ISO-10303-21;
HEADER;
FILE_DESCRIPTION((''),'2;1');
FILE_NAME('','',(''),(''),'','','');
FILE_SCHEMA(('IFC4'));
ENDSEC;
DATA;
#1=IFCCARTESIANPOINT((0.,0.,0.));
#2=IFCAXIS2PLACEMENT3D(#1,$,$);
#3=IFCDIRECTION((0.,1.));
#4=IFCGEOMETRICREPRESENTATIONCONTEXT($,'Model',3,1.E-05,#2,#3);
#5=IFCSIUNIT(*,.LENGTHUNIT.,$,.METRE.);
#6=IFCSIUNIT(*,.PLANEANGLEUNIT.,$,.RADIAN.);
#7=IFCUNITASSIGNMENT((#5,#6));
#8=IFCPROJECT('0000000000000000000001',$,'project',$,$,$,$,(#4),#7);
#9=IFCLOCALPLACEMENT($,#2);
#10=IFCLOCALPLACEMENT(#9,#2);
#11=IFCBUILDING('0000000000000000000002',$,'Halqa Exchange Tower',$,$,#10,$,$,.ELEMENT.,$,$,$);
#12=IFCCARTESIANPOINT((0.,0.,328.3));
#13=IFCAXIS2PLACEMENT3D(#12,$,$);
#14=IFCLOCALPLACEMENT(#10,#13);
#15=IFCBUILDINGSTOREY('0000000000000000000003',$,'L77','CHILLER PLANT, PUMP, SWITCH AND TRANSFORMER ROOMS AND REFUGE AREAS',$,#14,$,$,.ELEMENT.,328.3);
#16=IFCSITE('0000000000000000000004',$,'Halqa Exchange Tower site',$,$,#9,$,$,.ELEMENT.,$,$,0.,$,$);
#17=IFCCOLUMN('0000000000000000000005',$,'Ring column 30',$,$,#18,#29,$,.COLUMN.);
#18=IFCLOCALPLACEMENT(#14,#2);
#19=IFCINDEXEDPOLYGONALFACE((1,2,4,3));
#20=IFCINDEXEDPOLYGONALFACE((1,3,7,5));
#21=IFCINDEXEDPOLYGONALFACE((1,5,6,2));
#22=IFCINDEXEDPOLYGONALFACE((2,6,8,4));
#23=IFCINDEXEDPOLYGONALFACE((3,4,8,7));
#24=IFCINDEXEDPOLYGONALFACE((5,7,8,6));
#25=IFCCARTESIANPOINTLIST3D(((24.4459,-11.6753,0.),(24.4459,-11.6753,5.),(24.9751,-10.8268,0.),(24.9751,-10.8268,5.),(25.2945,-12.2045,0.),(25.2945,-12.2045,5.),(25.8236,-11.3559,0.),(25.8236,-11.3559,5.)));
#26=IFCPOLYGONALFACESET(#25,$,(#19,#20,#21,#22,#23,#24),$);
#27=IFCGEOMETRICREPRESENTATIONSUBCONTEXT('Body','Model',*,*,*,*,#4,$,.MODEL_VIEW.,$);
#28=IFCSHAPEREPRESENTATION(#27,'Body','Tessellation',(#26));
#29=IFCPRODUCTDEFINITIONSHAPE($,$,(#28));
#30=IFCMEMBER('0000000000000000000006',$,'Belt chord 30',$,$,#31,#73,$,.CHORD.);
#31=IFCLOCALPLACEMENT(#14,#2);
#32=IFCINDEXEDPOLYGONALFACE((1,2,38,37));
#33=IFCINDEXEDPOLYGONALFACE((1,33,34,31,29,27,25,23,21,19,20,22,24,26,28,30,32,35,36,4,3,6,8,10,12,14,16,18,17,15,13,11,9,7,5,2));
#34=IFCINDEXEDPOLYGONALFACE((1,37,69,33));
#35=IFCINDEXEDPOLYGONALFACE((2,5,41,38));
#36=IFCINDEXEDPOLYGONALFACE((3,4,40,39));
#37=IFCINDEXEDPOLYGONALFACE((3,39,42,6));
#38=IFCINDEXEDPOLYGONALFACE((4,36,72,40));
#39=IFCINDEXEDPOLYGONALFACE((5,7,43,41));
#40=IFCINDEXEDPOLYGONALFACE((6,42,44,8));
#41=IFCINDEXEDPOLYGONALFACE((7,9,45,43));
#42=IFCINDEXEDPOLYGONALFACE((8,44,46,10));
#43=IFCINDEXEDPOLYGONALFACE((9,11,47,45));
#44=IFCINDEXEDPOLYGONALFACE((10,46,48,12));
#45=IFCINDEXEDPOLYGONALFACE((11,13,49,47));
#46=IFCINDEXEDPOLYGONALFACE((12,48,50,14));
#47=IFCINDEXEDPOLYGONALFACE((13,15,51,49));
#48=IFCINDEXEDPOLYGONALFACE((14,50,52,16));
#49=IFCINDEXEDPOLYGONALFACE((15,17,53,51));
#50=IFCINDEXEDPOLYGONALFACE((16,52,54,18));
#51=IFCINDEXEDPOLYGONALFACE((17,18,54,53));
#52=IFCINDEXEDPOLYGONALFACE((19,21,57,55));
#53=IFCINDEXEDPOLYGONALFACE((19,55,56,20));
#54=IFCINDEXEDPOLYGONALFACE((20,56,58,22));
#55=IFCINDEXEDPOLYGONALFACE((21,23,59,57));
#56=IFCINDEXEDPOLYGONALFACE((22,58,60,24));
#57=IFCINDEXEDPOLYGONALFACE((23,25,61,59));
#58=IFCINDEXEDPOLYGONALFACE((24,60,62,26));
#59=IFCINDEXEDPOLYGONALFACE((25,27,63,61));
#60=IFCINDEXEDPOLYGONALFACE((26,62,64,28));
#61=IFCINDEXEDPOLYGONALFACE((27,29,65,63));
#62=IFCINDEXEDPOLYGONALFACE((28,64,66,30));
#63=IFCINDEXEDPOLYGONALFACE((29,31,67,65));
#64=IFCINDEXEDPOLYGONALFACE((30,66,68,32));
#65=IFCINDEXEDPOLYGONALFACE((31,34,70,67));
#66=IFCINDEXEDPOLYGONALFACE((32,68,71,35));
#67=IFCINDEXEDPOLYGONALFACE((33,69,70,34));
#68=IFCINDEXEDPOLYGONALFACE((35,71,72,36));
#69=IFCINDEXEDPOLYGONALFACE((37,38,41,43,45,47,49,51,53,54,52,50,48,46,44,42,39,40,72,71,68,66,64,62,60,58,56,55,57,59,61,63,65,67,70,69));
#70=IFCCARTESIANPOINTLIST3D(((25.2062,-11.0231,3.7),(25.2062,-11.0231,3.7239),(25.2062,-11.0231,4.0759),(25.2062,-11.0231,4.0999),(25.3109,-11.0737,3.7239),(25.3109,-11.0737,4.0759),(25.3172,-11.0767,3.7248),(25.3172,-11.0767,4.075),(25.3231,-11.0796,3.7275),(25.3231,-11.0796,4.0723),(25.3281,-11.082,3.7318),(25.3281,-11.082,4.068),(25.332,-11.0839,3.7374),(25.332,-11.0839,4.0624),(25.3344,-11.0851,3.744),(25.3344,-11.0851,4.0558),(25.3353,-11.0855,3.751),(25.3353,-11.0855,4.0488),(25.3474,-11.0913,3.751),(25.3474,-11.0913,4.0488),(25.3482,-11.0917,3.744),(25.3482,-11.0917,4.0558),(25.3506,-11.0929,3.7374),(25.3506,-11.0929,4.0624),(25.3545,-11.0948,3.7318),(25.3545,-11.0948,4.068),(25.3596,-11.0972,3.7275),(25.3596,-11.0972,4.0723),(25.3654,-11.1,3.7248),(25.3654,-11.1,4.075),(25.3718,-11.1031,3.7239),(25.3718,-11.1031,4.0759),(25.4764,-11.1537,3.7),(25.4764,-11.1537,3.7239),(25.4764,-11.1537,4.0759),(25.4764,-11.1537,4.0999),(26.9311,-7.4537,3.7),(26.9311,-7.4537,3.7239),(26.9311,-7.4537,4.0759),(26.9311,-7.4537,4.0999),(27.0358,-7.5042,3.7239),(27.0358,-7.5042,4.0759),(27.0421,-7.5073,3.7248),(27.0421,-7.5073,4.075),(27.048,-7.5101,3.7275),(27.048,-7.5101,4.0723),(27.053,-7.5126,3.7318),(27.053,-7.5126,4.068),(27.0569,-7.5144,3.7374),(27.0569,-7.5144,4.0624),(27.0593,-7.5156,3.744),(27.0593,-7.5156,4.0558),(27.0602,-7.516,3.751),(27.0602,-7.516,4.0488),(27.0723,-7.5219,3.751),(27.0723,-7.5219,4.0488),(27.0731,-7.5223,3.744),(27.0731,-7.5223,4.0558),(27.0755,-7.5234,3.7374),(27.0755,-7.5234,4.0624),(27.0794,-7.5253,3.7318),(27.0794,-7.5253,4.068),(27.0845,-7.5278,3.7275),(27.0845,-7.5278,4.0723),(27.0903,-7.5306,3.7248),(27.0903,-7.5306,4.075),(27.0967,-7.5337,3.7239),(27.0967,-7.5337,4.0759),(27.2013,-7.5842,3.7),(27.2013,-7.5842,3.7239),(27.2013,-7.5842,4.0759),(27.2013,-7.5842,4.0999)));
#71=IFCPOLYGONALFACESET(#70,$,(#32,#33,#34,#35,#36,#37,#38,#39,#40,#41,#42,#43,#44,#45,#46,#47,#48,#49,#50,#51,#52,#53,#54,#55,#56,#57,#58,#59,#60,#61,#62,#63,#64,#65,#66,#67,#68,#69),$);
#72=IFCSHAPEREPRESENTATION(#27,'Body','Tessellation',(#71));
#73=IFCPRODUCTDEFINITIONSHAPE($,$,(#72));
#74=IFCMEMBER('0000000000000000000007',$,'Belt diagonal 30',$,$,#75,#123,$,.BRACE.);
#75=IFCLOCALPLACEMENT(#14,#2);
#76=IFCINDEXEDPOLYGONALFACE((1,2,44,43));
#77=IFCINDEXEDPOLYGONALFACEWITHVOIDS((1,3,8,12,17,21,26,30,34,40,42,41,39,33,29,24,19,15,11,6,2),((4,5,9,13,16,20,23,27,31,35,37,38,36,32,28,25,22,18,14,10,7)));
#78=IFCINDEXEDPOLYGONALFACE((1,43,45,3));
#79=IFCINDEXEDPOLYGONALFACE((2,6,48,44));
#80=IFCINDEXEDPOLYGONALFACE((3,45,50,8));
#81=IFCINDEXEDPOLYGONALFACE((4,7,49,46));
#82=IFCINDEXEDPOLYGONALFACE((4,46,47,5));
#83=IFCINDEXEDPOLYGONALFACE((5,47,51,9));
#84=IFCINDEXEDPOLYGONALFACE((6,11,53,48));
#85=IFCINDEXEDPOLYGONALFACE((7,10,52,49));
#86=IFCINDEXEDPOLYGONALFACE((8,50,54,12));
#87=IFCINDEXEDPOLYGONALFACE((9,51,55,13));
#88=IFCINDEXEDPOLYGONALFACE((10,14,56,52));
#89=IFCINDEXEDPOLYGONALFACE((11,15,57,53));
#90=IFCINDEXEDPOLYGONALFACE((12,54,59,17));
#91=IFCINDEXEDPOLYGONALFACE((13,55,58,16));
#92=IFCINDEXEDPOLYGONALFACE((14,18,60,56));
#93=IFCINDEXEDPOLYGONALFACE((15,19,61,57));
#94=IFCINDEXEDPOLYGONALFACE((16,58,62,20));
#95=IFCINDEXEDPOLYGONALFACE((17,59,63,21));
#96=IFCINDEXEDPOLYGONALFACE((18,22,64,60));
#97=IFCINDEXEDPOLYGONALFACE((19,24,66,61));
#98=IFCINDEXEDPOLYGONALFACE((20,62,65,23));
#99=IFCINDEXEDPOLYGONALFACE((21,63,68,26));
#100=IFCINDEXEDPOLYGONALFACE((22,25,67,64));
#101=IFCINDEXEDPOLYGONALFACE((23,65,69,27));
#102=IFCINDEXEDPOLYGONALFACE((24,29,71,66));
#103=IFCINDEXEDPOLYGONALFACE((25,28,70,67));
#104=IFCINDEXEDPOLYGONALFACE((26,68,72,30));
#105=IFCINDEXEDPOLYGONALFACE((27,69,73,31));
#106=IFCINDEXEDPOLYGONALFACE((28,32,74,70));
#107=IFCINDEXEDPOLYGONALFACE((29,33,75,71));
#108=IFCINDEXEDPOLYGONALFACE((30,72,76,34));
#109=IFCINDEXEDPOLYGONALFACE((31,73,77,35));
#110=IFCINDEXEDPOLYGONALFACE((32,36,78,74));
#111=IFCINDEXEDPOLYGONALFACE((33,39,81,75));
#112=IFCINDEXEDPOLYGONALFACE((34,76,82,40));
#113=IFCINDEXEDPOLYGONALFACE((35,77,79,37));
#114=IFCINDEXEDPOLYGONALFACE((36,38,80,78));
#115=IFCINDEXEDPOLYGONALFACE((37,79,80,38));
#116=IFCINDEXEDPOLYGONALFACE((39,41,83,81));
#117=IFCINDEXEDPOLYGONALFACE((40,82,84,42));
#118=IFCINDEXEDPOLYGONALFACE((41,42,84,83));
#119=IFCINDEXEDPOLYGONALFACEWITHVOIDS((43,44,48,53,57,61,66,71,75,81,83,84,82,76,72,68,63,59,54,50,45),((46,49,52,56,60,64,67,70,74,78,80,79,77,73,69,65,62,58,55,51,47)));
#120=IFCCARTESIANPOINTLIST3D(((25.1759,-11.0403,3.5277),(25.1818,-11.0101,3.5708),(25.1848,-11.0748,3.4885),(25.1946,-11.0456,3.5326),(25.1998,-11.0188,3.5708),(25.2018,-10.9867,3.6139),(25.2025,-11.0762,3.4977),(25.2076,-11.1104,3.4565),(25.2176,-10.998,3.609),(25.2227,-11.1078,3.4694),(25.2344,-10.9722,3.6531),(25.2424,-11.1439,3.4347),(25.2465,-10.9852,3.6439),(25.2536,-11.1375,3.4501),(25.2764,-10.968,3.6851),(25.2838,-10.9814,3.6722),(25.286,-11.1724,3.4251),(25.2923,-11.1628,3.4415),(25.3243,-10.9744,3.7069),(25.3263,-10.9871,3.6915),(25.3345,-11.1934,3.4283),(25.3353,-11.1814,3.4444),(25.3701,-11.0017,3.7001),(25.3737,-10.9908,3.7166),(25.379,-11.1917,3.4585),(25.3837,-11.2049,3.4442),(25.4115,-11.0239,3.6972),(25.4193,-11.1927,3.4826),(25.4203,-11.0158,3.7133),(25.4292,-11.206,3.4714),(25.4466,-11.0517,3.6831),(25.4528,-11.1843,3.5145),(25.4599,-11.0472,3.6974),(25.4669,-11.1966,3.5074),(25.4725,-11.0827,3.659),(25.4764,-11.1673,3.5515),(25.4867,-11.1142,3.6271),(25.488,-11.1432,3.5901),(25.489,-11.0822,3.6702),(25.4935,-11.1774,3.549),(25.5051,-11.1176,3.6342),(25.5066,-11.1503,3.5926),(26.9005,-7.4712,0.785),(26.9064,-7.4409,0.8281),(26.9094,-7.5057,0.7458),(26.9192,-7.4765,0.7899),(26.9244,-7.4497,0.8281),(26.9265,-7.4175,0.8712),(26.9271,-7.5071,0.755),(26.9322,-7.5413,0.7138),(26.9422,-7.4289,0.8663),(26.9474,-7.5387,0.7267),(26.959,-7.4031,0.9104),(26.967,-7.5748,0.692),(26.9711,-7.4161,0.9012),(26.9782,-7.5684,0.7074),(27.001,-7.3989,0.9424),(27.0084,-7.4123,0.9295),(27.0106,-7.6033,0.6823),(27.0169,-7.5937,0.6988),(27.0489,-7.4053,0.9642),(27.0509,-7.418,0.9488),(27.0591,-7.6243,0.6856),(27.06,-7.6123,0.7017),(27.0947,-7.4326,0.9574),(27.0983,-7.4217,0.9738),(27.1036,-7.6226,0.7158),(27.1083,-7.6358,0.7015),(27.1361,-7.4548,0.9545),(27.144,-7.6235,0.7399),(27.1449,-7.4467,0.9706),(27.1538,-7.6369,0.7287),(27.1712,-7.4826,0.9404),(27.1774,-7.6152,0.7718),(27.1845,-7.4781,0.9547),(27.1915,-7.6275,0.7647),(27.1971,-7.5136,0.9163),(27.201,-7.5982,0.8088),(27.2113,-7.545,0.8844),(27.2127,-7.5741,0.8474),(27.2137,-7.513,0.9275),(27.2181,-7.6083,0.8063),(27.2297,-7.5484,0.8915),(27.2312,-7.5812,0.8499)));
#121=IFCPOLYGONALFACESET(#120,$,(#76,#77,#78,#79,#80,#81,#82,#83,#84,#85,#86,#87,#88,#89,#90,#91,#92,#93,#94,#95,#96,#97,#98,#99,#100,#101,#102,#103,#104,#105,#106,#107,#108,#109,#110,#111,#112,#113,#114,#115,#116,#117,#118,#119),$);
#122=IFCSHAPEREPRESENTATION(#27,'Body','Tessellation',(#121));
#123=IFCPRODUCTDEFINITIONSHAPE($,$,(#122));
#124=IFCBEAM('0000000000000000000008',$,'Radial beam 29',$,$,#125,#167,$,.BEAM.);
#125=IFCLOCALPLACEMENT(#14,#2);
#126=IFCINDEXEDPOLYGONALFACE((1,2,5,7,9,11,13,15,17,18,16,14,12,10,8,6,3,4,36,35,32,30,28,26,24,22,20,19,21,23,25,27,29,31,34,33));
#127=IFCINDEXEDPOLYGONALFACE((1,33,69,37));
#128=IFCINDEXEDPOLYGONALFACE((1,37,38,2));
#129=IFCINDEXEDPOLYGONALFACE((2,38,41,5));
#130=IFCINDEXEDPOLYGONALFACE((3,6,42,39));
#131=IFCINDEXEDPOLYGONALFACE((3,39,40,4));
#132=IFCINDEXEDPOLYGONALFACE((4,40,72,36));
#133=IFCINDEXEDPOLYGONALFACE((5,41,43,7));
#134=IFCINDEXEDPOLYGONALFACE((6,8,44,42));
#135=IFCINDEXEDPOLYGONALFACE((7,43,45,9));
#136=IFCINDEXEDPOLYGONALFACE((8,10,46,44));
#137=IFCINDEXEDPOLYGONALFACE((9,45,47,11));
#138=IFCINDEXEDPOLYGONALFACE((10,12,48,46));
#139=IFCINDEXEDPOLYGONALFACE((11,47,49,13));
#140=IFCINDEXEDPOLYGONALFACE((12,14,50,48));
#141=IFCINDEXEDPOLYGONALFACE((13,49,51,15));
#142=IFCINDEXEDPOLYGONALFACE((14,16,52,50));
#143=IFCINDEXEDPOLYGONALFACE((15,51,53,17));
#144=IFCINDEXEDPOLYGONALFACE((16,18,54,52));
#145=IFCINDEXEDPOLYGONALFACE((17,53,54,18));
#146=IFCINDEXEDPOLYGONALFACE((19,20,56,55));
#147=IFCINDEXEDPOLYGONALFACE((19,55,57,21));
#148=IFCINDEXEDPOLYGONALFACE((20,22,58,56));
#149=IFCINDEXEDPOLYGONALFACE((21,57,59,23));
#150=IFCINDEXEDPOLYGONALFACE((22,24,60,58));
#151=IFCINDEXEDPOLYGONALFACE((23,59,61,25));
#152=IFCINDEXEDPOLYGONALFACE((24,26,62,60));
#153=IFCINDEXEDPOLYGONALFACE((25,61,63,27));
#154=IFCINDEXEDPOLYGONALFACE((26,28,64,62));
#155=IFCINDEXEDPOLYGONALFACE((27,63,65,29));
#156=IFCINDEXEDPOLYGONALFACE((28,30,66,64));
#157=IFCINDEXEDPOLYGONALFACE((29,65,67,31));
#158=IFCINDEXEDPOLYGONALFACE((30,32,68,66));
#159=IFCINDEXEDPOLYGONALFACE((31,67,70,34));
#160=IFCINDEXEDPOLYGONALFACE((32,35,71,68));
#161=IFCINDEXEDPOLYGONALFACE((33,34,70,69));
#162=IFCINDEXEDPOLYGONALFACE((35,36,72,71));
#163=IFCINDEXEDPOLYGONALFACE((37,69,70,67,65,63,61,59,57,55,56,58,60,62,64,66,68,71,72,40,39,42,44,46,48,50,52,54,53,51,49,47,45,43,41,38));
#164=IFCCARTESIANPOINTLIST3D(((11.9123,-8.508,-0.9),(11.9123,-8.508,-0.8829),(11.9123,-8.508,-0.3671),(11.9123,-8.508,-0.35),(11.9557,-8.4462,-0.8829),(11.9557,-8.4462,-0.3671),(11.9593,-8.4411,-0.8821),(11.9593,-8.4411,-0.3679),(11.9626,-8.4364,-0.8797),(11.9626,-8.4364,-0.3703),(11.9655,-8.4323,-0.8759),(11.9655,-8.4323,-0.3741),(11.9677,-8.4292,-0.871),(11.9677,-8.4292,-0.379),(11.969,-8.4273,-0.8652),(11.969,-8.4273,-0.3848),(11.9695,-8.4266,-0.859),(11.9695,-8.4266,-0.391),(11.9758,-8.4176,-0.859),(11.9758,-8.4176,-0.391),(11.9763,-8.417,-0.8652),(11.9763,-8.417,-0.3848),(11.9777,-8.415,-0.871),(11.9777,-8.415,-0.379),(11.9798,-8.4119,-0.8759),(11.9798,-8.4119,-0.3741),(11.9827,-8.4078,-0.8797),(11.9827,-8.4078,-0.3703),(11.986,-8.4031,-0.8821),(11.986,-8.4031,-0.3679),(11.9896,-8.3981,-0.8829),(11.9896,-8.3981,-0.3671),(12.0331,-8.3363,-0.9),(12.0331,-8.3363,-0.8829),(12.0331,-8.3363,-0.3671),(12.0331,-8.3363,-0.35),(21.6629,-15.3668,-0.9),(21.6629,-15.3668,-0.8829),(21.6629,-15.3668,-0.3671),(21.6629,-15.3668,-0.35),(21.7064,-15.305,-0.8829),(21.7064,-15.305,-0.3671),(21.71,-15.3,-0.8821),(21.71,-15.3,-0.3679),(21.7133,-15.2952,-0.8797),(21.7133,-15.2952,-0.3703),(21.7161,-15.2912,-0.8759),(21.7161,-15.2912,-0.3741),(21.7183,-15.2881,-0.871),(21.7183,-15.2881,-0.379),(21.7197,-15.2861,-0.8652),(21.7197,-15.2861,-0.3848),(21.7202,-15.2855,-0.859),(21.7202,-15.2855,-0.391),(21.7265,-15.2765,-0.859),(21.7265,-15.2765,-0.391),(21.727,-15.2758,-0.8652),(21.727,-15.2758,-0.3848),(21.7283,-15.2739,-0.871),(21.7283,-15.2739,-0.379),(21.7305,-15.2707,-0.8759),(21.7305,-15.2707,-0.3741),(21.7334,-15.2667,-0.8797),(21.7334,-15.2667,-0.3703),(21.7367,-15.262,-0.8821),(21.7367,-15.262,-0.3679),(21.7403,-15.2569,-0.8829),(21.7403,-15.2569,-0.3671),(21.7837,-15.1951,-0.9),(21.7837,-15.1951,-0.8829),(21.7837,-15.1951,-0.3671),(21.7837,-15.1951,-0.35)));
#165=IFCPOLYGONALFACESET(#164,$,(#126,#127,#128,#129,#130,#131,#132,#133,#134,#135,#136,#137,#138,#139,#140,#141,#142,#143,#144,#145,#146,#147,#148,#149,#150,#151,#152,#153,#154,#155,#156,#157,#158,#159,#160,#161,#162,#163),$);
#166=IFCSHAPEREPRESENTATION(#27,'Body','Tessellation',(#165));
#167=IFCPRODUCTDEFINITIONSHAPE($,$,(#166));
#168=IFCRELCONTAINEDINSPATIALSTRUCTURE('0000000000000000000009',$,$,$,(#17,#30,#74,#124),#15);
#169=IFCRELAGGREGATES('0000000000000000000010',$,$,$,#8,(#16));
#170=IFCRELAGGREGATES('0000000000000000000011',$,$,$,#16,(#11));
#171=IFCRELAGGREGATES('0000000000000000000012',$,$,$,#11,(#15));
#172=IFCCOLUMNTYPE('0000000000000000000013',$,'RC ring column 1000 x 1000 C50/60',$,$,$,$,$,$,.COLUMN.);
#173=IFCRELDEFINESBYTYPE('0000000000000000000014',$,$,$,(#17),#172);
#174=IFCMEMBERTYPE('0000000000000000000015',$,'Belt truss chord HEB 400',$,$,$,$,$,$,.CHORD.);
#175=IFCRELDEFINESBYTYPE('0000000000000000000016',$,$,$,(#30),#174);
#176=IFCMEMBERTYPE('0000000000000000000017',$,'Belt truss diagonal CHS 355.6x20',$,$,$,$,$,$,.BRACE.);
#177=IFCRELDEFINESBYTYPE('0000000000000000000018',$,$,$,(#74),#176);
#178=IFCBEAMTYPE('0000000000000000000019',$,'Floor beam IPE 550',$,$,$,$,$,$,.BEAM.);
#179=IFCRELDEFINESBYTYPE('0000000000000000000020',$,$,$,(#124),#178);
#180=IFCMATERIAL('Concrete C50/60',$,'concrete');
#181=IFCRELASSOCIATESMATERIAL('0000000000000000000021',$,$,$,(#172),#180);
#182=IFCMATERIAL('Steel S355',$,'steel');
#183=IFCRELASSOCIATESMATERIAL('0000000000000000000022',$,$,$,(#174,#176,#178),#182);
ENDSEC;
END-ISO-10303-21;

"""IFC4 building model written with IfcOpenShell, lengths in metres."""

from ifc_helpers import new_model, si_unit, direction, frame, origin, origin_2d, place, context, subcontext, project, spatial, rectangle, hollow_circle, i_section, extrude, material, material_profile, profile_set, type_object, element, save


model = new_model("IFC4")

# Units and contexts
model_context = context("Model", 3, precision=1e-05, world=origin(), true_north=direction((0.0, 1.0)))
body_context = subcontext(model_context, "Body", "Model", "MODEL_VIEW")
ifc_project = project(units=[si_unit("LENGTHUNIT", "METRE"), si_unit("PLANEANGLEUNIT", "RADIAN")], contexts=[model_context])

# Site, building, storey
site_placement = place(None, origin())
site = spatial("IfcSite", under=ifc_project, at=site_placement, Name="Halqa Exchange Tower site", CompositionType="ELEMENT", RefElevation=0.0)
building_placement = place(site_placement, origin())
building = spatial("IfcBuilding", under=site, at=building_placement, Name="Halqa Exchange Tower", CompositionType="ELEMENT")
storey_placement = place(building_placement, frame((0.0, 0.0, 328.3)))
storey = spatial("IfcBuildingStorey", under=building, at=storey_placement, Name="L77", Description="CHILLER PLANT, PUMP, SWITCH AND TRANSFORMER ROOMS AND REFUGE AREAS", CompositionType="ELEMENT", Elevation=328.3)

# Column
ifc_material_1 = material(Name="Concrete C50/60", Category="concrete")
ifc_material_profile_1 = material_profile(ifc_material_1, rectangle(XDim=1.0, YDim=1.0, at=origin_2d()), Name="1000 x 1000")
ifc_profile_set_1 = profile_set([ifc_material_profile_1], Name="Concrete C50/60")
column_type = type_object("IfcColumnType", Name="RC ring column 1000 x 1000 C50/60", PredefinedType="COLUMN", material=ifc_profile_set_1)
column_placement = place(storey_placement, frame((25.1348, -11.5156, 0.0), z_axis=(0.0, 0.0, 1.0), x_axis=(0.52914, 0.848534, 0.0)))
element("IfcColumn", 1, at=column_placement, inside=storey, type_object=column_type, Name="Ring column 30", PredefinedType="COLUMN", context=body_context, shape_type="SweptSolid", body=[
    extrude(rectangle(XDim=1.0, YDim=1.0, at=origin_2d()), origin(), (0.0, 0.0, 1.0), 5.0),
])

# Members
ifc_material_2 = material(Name="Steel S355", Category="steel")
ifc_material_profile_2 = material_profile(ifc_material_2, i_section(OverallWidth=0.3, OverallDepth=0.3999, WebThickness=0.0134, FlangeThickness=0.0239, FilletRadius=0.0271, at=origin_2d()), Name="HEB 400")
ifc_profile_set_2 = profile_set([ifc_material_profile_2], Name="Steel S355")
member_type_1 = type_object("IfcMemberType", Name="Belt truss chord HEB 400", PredefinedType="CHORD", material=ifc_profile_set_2)
member_1_placement = place(storey_placement, frame((25.3413, -11.0884, 3.8999), z_axis=(0.435102, 0.900381, 0.0), x_axis=(-0.900381, 0.435102, 0.0)))
element("IfcMember", 2, at=member_1_placement, inside=storey, type_object=member_type_1, Name="Belt chord 30", PredefinedType="CHORD", context=body_context, shape_type="SweptSolid", body=[
    extrude(i_section(OverallWidth=0.3, OverallDepth=0.3999, WebThickness=0.0134, FlangeThickness=0.0239, FilletRadius=0.0271, at=origin_2d()), origin(), (0.0, 0.0, 1.0), 3.9644),
])
ifc_material_profile_3 = material_profile(ifc_material_2, hollow_circle(Radius=0.1777, WallThickness=0.02, at=origin_2d()), Name="CHS 355.6x20")
ifc_profile_set_3 = profile_set([ifc_material_profile_3], Name="Steel S355")
member_type_2 = type_object("IfcMemberType", Name="Belt truss diagonal CHS 355.6x20", PredefinedType="BRACE", material=ifc_profile_set_3)
member_2_placement = place(storey_placement, frame((25.3418, -11.0874, 3.5708), z_axis=(0.357783, 0.740435, -0.568988), x_axis=(-0.900394, 0.435076, 0.0)))
element("IfcMember", 3, at=member_2_placement, inside=storey, type_object=member_type_2, Name="Belt diagonal 30", PredefinedType="BRACE", context=body_context, shape_type="SweptSolid", body=[
    extrude(hollow_circle(Radius=0.1777, WallThickness=0.02, at=origin_2d()), origin(), (0.0, 0.0, 1.0), 4.8203),
])

# Beam
ifc_material_profile_4 = material_profile(ifc_material_2, i_section(OverallWidth=0.21, OverallDepth=0.55, WebThickness=0.011, FlangeThickness=0.0171, FilletRadius=0.0239, at=origin_2d()), Name="IPE 550")
ifc_profile_set_4 = profile_set([ifc_material_profile_4], Name="Steel S355")
beam_type_1 = type_object("IfcBeamType", Name="Floor beam IPE 550", PredefinedType="BEAM", material=ifc_profile_set_4)
beam_1_placement = place(storey_placement, frame((11.9727, -8.4221, -0.625), z_axis=(0.817915, -0.57534, 0.0), x_axis=(0.57534, 0.817915, 0.0)))
element("IfcBeam", 4, at=beam_1_placement, inside=storey, type_object=beam_type_1, Name="Radial beam 29", PredefinedType="BEAM", context=body_context, shape_type="SweptSolid", body=[
    extrude(i_section(OverallWidth=0.21, OverallDepth=0.55, WebThickness=0.011, FlangeThickness=0.0171, FilletRadius=0.0239, at=origin_2d()), origin(), (0.0, 0.0, 1.0), 11.9214),
])

save(model, "model.ifc")
